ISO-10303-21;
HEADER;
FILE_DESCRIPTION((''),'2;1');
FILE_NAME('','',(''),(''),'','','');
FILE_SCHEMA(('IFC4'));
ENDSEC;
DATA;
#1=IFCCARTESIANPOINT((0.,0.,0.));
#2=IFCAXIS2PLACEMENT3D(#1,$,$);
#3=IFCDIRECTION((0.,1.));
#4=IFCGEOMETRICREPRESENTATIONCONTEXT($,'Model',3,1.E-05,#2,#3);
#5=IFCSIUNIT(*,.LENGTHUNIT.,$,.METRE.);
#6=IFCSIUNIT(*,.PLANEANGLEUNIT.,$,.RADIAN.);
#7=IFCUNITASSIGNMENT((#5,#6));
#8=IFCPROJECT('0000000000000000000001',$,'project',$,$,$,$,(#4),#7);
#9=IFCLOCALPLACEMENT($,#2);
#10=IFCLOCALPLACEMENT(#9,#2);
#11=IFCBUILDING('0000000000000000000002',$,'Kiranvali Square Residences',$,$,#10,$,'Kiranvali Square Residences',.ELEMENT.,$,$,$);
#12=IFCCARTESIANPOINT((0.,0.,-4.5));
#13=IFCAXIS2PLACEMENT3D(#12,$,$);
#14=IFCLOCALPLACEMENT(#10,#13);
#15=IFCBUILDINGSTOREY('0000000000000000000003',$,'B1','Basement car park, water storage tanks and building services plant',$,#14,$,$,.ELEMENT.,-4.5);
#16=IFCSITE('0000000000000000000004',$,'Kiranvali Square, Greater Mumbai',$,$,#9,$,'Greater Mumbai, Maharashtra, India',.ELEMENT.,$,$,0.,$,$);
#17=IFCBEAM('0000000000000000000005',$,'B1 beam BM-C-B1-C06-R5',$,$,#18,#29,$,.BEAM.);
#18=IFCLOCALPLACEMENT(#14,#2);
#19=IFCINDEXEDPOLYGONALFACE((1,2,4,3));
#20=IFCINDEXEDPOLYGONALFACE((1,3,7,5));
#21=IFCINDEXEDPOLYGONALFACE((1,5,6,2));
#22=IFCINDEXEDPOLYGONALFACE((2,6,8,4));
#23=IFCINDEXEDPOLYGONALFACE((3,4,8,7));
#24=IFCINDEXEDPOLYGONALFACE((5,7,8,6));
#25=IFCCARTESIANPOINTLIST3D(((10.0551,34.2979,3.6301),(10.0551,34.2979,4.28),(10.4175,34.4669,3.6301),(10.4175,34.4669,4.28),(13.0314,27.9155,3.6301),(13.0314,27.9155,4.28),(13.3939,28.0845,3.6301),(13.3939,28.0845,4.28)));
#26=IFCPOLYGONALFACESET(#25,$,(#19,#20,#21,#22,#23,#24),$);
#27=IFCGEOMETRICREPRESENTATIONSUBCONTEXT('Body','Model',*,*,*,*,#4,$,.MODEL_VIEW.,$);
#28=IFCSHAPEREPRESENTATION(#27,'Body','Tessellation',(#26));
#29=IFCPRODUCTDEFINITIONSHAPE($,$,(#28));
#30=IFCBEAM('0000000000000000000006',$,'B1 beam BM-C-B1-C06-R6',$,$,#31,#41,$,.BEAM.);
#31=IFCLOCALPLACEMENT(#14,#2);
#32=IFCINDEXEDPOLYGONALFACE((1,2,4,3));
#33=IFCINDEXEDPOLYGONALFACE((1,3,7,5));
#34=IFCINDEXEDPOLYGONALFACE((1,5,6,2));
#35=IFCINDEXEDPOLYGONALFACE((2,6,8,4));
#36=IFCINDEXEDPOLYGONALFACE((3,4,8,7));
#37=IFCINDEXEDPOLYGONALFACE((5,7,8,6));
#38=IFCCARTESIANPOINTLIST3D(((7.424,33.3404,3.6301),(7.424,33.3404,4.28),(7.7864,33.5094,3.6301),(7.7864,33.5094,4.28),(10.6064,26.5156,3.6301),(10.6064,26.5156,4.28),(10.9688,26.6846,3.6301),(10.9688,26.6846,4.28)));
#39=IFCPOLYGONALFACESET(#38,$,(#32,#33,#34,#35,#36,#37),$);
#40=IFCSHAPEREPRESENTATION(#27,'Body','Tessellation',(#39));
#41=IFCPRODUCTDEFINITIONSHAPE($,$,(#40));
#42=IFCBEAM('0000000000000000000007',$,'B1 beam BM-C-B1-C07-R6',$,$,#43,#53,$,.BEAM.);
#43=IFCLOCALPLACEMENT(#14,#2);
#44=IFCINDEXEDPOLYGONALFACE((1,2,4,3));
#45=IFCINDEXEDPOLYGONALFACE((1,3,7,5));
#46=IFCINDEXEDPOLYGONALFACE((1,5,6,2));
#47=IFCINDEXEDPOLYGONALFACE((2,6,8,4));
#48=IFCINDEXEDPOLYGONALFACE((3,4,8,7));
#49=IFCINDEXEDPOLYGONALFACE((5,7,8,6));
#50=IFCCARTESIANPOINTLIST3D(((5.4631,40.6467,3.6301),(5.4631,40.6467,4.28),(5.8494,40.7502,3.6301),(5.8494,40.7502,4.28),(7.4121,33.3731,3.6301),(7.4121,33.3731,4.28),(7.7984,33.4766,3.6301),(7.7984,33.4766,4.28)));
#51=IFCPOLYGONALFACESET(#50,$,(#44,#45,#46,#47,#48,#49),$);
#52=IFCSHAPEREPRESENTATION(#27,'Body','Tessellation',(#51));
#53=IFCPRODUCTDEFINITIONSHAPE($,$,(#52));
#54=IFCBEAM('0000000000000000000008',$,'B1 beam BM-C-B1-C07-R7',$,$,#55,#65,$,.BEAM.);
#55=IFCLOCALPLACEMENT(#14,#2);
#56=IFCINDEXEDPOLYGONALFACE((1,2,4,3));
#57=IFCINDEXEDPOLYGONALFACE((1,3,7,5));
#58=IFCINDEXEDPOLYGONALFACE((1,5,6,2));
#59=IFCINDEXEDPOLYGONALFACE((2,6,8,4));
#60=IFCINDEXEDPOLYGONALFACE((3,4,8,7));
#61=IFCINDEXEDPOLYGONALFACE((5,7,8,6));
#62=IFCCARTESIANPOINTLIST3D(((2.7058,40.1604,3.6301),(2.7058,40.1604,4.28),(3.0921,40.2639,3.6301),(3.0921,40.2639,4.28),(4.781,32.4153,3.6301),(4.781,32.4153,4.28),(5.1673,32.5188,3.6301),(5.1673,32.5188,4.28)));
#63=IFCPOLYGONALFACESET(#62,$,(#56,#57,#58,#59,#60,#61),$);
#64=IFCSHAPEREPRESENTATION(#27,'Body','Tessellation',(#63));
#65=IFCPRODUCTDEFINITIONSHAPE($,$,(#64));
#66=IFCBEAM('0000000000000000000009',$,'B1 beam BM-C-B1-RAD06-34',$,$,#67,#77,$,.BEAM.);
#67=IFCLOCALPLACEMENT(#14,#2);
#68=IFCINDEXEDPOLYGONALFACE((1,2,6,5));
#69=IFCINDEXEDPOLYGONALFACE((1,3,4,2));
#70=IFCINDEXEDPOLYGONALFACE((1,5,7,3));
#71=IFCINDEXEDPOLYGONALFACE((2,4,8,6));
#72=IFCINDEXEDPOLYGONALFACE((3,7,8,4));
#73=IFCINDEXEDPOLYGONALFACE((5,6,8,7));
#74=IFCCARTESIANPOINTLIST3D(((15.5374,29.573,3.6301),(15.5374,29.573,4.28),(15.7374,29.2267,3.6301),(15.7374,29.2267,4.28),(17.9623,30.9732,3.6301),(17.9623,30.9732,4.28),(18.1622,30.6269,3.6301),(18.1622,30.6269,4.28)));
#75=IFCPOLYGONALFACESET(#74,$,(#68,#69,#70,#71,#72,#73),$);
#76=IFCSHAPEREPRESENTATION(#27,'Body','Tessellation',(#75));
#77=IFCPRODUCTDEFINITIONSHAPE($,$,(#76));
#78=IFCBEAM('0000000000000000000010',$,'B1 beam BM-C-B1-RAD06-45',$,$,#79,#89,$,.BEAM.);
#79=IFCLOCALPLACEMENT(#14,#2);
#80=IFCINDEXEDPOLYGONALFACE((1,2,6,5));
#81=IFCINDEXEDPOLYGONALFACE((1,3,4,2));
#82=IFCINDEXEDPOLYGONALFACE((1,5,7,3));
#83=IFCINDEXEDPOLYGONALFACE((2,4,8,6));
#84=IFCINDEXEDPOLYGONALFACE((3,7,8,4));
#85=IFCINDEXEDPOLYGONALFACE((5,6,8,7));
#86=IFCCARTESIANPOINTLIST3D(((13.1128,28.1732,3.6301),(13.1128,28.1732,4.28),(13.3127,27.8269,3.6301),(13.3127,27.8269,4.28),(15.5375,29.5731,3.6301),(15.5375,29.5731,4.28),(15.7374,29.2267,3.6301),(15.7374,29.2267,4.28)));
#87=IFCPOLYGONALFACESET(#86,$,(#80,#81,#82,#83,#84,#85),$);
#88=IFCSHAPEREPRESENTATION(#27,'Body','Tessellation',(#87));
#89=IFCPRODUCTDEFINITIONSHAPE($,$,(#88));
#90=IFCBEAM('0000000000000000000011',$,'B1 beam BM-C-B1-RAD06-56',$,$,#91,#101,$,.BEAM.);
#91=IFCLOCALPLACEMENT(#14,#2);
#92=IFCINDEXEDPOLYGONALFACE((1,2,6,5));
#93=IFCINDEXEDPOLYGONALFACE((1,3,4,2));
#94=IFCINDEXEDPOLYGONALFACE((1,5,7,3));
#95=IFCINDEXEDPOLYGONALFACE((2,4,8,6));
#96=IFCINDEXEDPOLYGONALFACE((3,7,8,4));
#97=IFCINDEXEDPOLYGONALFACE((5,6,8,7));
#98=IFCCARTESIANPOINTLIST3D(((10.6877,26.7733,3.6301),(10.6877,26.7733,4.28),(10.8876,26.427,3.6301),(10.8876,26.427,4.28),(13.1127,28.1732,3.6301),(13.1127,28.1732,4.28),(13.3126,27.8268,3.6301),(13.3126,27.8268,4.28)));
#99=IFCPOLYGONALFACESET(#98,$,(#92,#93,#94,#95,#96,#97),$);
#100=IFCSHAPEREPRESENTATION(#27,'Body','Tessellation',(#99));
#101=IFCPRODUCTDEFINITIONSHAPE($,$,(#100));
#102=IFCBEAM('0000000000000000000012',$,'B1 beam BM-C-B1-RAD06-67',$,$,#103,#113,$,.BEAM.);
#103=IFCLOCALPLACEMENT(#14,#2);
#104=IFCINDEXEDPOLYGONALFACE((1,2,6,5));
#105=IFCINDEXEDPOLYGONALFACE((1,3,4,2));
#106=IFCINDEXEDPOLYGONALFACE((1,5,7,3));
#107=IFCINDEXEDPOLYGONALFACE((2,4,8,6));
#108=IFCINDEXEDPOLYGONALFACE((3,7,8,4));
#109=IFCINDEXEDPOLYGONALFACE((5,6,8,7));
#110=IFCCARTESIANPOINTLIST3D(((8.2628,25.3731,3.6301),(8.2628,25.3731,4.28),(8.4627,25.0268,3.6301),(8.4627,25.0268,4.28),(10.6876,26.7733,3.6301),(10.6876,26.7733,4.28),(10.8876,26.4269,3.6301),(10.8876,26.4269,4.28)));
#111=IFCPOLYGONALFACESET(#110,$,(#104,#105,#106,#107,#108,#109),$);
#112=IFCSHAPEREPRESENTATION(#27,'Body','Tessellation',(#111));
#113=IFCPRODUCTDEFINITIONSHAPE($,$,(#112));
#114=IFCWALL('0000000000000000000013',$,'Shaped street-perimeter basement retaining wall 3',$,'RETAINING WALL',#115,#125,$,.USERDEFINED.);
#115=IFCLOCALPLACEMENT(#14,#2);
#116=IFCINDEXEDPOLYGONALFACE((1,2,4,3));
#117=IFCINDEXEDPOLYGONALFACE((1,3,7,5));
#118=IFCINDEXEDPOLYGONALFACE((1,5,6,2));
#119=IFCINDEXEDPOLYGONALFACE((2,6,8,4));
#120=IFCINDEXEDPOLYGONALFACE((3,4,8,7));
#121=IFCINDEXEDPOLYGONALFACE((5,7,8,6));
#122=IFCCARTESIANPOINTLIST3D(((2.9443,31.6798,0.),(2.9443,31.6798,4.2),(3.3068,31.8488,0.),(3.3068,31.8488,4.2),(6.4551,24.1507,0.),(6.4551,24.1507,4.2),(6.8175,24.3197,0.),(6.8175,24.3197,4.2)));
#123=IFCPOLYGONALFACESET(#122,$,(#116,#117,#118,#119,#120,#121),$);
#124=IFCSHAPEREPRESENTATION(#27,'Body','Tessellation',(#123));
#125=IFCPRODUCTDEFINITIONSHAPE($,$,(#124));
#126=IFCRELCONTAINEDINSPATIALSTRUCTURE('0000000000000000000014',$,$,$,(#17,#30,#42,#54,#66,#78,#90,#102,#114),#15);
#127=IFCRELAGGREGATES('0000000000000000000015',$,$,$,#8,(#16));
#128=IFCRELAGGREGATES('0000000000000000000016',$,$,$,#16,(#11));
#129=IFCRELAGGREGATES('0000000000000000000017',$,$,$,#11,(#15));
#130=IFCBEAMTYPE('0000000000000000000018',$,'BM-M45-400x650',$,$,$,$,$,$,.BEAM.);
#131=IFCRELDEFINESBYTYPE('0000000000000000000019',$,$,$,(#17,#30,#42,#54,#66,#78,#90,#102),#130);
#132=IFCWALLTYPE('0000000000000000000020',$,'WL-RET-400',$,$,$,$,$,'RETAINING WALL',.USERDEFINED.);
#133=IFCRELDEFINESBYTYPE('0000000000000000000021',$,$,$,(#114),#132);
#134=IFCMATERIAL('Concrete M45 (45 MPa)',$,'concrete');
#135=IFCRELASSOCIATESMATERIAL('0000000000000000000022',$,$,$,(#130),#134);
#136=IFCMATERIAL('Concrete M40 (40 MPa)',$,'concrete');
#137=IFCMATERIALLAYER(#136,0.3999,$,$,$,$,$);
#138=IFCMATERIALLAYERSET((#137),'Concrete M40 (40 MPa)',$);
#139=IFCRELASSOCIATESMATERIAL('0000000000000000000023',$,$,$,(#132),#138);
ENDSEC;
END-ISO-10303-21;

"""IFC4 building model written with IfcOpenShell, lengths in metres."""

from ifc_helpers import new_model, si_unit, direction, frame, frame_2d, origin, origin_2d, place, context, subcontext, project, spatial, rectangle, extrude, material, layer, layer_set, material_profile, profile_set, type_object, element, save


model = new_model("IFC4")

# Units and contexts
model_context = context("Model", 3, precision=1e-05, world=origin(), true_north=direction((0.0, 1.0)))
body_context = subcontext(model_context, "Body", "Model", "MODEL_VIEW")
ifc_project = project(units=[si_unit("LENGTHUNIT", "METRE"), si_unit("PLANEANGLEUNIT", "RADIAN")], contexts=[model_context])

# Site, building, storey
site_placement = place(None, origin())
site = spatial("IfcSite", under=ifc_project, at=site_placement, Name="Kiranvali Square, Greater Mumbai", LongName="Greater Mumbai, Maharashtra, India", CompositionType="ELEMENT", RefElevation=0.0)
building_placement = place(site_placement, origin())
building = spatial("IfcBuilding", under=site, at=building_placement, Name="Kiranvali Square Residences", LongName="Kiranvali Square Residences", CompositionType="ELEMENT")
storey_placement = place(building_placement, frame((0.0, 0.0, -4.5)))
storey = spatial("IfcBuildingStorey", under=building, at=storey_placement, Name="B1", Description="Basement car park, water storage tanks and building services plant", CompositionType="ELEMENT", Elevation=-4.5)

# Shared definitions
ifc_material_1 = material(Name="Concrete M40 (40 MPa)", Category="concrete")

# Beams
ifc_material_2 = material(Name="Concrete M45 (45 MPa)", Category="concrete")
ifc_material_profile_1 = material_profile(ifc_material_2, rectangle(XDim=0.3999, YDim=0.6499, at=origin_2d()), Name="RC 400x650")
ifc_profile_set_1 = profile_set([ifc_material_profile_1], Name="Concrete M45 (45 MPa)")
beam_type = type_object("IfcBeamType", Name="BM-M45-400x650", PredefinedType="BEAM", material=ifc_profile_set_1)
beam_1_placement = place(storey_placement, frame((13.2126, 28.0, 3.9551), z_axis=(-0.422641, 0.906297, 0.0), x_axis=(-0.906297, -0.422641, 0.0)))
element("IfcBeam", 1, at=beam_1_placement, inside=storey, type_object=beam_type, Name="B1 beam BM-C-B1-C06-R5", PredefinedType="BEAM", context=body_context, shape_type="SweptSolid", body=[
    extrude(rectangle(XDim=0.3999, YDim=0.6499, at=origin_2d()), origin(), (0.0, 0.0, 1.0), 7.0422),
])
for number, where, z_axis, x_axis, name in (
    (2, (10.7876, 26.6001, 3.9551), (-0.422614, 0.90631, 0.0), (-0.90631, -0.422614, 0.0), "B1 beam BM-C-B1-C06-R6"),
    (3, (7.6052, 33.4248, 3.9551), (-0.258819, 0.965926, 0.0), (-0.965926, -0.258819, 0.0), "B1 beam BM-C-B1-C07-R6"),
):
    element("IfcBeam", number, at=place(storey_placement, frame(where, z_axis=z_axis, x_axis=x_axis)), inside=storey, type_object=beam_type, Name=name, PredefinedType="BEAM", context=body_context, shape_type="SweptSolid", body=[
        extrude(rectangle(XDim=0.3999, YDim=0.6499, at=origin_2d()), origin(), (0.0, 0.0, 1.0), 7.5303),
    ])
beam_2_placement = place(storey_placement, frame((4.9741, 32.467, 3.9551), z_axis=(-0.258807, 0.965929, 0.0), x_axis=(-0.965929, -0.258807, 0.0)))
element("IfcBeam", 4, at=beam_2_placement, inside=storey, type_object=beam_type, Name="B1 beam BM-C-B1-C07-R7", PredefinedType="BEAM", context=body_context, shape_type="SweptSolid", body=[
    extrude(rectangle(XDim=0.3999, YDim=0.6499, at=origin_2d()), origin(), (0.0, 0.0, 1.0), 8.0183),
])
beam_3_placement = place(storey_placement, frame((18.0623, 30.8, 3.9551), z_axis=(-0.865997, -0.50005, 0.0), x_axis=(0.50005, -0.865997, 0.0)))
element("IfcBeam", 5, at=beam_3_placement, inside=storey, type_object=beam_type, Name="B1 beam BM-C-B1-RAD06-34", PredefinedType="BEAM", context=body_context, shape_type="SweptSolid", body=[
    extrude(rectangle(XDim=0.3999, YDim=0.6499, at=origin_2d()), origin(), (0.0, 0.0, 1.0), 2.8),
])
beam_4_placement = place(storey_placement, frame((15.6375, 29.3999, 3.9551), z_axis=(-0.866035, -0.499984, 0.0), x_axis=(0.499984, -0.866035, 0.0)))
element("IfcBeam", 6, at=beam_4_placement, inside=storey, type_object=beam_type, Name="B1 beam BM-C-B1-RAD06-45", PredefinedType="BEAM", context=body_context, shape_type="SweptSolid", body=[
    extrude(rectangle(XDim=0.3999, YDim=0.6499, at=origin_2d()), origin(), (0.0, 0.0, 1.0), 2.7998),
])
for number, where, z_axis, x_axis, name in (
    (7, (13.2126, 28.0, 3.9551), (-0.866056, -0.499946, 0.0), (0.499946, -0.866056, 0.0), "B1 beam BM-C-B1-RAD06-56"),
    (8, (10.7876, 26.6001, 3.9551), (-0.865997, -0.50005, 0.0), (0.50005, -0.865997, 0.0), "B1 beam BM-C-B1-RAD06-67"),
):
    element("IfcBeam", number, at=place(storey_placement, frame(where, z_axis=z_axis, x_axis=x_axis)), inside=storey, type_object=beam_type, Name=name, PredefinedType="BEAM", context=body_context, shape_type="SweptSolid", body=[
        extrude(rectangle(XDim=0.3999, YDim=0.6499, at=origin_2d()), origin(), (0.0, 0.0, 1.0), 2.8),
    ])

# Wall
ifc_layer = layer(ifc_material_1, 0.3999)
ifc_layer_set = layer_set([ifc_layer], Name="Concrete M40 (40 MPa)")
wall_type = type_object("IfcWallType", Name="WL-RET-400", ElementType="RETAINING WALL", PredefinedType="USERDEFINED", material=ifc_layer_set)
wall_placement = place(storey_placement, frame((3.1255, 31.7644, 0.0), z_axis=(0.0, 0.0, 1.0), x_axis=(0.422607, -0.906313, 0.0)))
element("IfcWall", 9, at=wall_placement, inside=storey, type_object=wall_type, Name="Shaped street-perimeter basement retaining wall 3", ObjectType="RETAINING WALL", PredefinedType="USERDEFINED", context=body_context, shape_type="SweptSolid", body=[
    extrude(rectangle(XDim=8.3074, YDim=0.3999, at=frame_2d((4.1538, 0.0))), origin(), (0.0, 0.0, 1.0), 4.2),
])

save(model, "model.ifc")
